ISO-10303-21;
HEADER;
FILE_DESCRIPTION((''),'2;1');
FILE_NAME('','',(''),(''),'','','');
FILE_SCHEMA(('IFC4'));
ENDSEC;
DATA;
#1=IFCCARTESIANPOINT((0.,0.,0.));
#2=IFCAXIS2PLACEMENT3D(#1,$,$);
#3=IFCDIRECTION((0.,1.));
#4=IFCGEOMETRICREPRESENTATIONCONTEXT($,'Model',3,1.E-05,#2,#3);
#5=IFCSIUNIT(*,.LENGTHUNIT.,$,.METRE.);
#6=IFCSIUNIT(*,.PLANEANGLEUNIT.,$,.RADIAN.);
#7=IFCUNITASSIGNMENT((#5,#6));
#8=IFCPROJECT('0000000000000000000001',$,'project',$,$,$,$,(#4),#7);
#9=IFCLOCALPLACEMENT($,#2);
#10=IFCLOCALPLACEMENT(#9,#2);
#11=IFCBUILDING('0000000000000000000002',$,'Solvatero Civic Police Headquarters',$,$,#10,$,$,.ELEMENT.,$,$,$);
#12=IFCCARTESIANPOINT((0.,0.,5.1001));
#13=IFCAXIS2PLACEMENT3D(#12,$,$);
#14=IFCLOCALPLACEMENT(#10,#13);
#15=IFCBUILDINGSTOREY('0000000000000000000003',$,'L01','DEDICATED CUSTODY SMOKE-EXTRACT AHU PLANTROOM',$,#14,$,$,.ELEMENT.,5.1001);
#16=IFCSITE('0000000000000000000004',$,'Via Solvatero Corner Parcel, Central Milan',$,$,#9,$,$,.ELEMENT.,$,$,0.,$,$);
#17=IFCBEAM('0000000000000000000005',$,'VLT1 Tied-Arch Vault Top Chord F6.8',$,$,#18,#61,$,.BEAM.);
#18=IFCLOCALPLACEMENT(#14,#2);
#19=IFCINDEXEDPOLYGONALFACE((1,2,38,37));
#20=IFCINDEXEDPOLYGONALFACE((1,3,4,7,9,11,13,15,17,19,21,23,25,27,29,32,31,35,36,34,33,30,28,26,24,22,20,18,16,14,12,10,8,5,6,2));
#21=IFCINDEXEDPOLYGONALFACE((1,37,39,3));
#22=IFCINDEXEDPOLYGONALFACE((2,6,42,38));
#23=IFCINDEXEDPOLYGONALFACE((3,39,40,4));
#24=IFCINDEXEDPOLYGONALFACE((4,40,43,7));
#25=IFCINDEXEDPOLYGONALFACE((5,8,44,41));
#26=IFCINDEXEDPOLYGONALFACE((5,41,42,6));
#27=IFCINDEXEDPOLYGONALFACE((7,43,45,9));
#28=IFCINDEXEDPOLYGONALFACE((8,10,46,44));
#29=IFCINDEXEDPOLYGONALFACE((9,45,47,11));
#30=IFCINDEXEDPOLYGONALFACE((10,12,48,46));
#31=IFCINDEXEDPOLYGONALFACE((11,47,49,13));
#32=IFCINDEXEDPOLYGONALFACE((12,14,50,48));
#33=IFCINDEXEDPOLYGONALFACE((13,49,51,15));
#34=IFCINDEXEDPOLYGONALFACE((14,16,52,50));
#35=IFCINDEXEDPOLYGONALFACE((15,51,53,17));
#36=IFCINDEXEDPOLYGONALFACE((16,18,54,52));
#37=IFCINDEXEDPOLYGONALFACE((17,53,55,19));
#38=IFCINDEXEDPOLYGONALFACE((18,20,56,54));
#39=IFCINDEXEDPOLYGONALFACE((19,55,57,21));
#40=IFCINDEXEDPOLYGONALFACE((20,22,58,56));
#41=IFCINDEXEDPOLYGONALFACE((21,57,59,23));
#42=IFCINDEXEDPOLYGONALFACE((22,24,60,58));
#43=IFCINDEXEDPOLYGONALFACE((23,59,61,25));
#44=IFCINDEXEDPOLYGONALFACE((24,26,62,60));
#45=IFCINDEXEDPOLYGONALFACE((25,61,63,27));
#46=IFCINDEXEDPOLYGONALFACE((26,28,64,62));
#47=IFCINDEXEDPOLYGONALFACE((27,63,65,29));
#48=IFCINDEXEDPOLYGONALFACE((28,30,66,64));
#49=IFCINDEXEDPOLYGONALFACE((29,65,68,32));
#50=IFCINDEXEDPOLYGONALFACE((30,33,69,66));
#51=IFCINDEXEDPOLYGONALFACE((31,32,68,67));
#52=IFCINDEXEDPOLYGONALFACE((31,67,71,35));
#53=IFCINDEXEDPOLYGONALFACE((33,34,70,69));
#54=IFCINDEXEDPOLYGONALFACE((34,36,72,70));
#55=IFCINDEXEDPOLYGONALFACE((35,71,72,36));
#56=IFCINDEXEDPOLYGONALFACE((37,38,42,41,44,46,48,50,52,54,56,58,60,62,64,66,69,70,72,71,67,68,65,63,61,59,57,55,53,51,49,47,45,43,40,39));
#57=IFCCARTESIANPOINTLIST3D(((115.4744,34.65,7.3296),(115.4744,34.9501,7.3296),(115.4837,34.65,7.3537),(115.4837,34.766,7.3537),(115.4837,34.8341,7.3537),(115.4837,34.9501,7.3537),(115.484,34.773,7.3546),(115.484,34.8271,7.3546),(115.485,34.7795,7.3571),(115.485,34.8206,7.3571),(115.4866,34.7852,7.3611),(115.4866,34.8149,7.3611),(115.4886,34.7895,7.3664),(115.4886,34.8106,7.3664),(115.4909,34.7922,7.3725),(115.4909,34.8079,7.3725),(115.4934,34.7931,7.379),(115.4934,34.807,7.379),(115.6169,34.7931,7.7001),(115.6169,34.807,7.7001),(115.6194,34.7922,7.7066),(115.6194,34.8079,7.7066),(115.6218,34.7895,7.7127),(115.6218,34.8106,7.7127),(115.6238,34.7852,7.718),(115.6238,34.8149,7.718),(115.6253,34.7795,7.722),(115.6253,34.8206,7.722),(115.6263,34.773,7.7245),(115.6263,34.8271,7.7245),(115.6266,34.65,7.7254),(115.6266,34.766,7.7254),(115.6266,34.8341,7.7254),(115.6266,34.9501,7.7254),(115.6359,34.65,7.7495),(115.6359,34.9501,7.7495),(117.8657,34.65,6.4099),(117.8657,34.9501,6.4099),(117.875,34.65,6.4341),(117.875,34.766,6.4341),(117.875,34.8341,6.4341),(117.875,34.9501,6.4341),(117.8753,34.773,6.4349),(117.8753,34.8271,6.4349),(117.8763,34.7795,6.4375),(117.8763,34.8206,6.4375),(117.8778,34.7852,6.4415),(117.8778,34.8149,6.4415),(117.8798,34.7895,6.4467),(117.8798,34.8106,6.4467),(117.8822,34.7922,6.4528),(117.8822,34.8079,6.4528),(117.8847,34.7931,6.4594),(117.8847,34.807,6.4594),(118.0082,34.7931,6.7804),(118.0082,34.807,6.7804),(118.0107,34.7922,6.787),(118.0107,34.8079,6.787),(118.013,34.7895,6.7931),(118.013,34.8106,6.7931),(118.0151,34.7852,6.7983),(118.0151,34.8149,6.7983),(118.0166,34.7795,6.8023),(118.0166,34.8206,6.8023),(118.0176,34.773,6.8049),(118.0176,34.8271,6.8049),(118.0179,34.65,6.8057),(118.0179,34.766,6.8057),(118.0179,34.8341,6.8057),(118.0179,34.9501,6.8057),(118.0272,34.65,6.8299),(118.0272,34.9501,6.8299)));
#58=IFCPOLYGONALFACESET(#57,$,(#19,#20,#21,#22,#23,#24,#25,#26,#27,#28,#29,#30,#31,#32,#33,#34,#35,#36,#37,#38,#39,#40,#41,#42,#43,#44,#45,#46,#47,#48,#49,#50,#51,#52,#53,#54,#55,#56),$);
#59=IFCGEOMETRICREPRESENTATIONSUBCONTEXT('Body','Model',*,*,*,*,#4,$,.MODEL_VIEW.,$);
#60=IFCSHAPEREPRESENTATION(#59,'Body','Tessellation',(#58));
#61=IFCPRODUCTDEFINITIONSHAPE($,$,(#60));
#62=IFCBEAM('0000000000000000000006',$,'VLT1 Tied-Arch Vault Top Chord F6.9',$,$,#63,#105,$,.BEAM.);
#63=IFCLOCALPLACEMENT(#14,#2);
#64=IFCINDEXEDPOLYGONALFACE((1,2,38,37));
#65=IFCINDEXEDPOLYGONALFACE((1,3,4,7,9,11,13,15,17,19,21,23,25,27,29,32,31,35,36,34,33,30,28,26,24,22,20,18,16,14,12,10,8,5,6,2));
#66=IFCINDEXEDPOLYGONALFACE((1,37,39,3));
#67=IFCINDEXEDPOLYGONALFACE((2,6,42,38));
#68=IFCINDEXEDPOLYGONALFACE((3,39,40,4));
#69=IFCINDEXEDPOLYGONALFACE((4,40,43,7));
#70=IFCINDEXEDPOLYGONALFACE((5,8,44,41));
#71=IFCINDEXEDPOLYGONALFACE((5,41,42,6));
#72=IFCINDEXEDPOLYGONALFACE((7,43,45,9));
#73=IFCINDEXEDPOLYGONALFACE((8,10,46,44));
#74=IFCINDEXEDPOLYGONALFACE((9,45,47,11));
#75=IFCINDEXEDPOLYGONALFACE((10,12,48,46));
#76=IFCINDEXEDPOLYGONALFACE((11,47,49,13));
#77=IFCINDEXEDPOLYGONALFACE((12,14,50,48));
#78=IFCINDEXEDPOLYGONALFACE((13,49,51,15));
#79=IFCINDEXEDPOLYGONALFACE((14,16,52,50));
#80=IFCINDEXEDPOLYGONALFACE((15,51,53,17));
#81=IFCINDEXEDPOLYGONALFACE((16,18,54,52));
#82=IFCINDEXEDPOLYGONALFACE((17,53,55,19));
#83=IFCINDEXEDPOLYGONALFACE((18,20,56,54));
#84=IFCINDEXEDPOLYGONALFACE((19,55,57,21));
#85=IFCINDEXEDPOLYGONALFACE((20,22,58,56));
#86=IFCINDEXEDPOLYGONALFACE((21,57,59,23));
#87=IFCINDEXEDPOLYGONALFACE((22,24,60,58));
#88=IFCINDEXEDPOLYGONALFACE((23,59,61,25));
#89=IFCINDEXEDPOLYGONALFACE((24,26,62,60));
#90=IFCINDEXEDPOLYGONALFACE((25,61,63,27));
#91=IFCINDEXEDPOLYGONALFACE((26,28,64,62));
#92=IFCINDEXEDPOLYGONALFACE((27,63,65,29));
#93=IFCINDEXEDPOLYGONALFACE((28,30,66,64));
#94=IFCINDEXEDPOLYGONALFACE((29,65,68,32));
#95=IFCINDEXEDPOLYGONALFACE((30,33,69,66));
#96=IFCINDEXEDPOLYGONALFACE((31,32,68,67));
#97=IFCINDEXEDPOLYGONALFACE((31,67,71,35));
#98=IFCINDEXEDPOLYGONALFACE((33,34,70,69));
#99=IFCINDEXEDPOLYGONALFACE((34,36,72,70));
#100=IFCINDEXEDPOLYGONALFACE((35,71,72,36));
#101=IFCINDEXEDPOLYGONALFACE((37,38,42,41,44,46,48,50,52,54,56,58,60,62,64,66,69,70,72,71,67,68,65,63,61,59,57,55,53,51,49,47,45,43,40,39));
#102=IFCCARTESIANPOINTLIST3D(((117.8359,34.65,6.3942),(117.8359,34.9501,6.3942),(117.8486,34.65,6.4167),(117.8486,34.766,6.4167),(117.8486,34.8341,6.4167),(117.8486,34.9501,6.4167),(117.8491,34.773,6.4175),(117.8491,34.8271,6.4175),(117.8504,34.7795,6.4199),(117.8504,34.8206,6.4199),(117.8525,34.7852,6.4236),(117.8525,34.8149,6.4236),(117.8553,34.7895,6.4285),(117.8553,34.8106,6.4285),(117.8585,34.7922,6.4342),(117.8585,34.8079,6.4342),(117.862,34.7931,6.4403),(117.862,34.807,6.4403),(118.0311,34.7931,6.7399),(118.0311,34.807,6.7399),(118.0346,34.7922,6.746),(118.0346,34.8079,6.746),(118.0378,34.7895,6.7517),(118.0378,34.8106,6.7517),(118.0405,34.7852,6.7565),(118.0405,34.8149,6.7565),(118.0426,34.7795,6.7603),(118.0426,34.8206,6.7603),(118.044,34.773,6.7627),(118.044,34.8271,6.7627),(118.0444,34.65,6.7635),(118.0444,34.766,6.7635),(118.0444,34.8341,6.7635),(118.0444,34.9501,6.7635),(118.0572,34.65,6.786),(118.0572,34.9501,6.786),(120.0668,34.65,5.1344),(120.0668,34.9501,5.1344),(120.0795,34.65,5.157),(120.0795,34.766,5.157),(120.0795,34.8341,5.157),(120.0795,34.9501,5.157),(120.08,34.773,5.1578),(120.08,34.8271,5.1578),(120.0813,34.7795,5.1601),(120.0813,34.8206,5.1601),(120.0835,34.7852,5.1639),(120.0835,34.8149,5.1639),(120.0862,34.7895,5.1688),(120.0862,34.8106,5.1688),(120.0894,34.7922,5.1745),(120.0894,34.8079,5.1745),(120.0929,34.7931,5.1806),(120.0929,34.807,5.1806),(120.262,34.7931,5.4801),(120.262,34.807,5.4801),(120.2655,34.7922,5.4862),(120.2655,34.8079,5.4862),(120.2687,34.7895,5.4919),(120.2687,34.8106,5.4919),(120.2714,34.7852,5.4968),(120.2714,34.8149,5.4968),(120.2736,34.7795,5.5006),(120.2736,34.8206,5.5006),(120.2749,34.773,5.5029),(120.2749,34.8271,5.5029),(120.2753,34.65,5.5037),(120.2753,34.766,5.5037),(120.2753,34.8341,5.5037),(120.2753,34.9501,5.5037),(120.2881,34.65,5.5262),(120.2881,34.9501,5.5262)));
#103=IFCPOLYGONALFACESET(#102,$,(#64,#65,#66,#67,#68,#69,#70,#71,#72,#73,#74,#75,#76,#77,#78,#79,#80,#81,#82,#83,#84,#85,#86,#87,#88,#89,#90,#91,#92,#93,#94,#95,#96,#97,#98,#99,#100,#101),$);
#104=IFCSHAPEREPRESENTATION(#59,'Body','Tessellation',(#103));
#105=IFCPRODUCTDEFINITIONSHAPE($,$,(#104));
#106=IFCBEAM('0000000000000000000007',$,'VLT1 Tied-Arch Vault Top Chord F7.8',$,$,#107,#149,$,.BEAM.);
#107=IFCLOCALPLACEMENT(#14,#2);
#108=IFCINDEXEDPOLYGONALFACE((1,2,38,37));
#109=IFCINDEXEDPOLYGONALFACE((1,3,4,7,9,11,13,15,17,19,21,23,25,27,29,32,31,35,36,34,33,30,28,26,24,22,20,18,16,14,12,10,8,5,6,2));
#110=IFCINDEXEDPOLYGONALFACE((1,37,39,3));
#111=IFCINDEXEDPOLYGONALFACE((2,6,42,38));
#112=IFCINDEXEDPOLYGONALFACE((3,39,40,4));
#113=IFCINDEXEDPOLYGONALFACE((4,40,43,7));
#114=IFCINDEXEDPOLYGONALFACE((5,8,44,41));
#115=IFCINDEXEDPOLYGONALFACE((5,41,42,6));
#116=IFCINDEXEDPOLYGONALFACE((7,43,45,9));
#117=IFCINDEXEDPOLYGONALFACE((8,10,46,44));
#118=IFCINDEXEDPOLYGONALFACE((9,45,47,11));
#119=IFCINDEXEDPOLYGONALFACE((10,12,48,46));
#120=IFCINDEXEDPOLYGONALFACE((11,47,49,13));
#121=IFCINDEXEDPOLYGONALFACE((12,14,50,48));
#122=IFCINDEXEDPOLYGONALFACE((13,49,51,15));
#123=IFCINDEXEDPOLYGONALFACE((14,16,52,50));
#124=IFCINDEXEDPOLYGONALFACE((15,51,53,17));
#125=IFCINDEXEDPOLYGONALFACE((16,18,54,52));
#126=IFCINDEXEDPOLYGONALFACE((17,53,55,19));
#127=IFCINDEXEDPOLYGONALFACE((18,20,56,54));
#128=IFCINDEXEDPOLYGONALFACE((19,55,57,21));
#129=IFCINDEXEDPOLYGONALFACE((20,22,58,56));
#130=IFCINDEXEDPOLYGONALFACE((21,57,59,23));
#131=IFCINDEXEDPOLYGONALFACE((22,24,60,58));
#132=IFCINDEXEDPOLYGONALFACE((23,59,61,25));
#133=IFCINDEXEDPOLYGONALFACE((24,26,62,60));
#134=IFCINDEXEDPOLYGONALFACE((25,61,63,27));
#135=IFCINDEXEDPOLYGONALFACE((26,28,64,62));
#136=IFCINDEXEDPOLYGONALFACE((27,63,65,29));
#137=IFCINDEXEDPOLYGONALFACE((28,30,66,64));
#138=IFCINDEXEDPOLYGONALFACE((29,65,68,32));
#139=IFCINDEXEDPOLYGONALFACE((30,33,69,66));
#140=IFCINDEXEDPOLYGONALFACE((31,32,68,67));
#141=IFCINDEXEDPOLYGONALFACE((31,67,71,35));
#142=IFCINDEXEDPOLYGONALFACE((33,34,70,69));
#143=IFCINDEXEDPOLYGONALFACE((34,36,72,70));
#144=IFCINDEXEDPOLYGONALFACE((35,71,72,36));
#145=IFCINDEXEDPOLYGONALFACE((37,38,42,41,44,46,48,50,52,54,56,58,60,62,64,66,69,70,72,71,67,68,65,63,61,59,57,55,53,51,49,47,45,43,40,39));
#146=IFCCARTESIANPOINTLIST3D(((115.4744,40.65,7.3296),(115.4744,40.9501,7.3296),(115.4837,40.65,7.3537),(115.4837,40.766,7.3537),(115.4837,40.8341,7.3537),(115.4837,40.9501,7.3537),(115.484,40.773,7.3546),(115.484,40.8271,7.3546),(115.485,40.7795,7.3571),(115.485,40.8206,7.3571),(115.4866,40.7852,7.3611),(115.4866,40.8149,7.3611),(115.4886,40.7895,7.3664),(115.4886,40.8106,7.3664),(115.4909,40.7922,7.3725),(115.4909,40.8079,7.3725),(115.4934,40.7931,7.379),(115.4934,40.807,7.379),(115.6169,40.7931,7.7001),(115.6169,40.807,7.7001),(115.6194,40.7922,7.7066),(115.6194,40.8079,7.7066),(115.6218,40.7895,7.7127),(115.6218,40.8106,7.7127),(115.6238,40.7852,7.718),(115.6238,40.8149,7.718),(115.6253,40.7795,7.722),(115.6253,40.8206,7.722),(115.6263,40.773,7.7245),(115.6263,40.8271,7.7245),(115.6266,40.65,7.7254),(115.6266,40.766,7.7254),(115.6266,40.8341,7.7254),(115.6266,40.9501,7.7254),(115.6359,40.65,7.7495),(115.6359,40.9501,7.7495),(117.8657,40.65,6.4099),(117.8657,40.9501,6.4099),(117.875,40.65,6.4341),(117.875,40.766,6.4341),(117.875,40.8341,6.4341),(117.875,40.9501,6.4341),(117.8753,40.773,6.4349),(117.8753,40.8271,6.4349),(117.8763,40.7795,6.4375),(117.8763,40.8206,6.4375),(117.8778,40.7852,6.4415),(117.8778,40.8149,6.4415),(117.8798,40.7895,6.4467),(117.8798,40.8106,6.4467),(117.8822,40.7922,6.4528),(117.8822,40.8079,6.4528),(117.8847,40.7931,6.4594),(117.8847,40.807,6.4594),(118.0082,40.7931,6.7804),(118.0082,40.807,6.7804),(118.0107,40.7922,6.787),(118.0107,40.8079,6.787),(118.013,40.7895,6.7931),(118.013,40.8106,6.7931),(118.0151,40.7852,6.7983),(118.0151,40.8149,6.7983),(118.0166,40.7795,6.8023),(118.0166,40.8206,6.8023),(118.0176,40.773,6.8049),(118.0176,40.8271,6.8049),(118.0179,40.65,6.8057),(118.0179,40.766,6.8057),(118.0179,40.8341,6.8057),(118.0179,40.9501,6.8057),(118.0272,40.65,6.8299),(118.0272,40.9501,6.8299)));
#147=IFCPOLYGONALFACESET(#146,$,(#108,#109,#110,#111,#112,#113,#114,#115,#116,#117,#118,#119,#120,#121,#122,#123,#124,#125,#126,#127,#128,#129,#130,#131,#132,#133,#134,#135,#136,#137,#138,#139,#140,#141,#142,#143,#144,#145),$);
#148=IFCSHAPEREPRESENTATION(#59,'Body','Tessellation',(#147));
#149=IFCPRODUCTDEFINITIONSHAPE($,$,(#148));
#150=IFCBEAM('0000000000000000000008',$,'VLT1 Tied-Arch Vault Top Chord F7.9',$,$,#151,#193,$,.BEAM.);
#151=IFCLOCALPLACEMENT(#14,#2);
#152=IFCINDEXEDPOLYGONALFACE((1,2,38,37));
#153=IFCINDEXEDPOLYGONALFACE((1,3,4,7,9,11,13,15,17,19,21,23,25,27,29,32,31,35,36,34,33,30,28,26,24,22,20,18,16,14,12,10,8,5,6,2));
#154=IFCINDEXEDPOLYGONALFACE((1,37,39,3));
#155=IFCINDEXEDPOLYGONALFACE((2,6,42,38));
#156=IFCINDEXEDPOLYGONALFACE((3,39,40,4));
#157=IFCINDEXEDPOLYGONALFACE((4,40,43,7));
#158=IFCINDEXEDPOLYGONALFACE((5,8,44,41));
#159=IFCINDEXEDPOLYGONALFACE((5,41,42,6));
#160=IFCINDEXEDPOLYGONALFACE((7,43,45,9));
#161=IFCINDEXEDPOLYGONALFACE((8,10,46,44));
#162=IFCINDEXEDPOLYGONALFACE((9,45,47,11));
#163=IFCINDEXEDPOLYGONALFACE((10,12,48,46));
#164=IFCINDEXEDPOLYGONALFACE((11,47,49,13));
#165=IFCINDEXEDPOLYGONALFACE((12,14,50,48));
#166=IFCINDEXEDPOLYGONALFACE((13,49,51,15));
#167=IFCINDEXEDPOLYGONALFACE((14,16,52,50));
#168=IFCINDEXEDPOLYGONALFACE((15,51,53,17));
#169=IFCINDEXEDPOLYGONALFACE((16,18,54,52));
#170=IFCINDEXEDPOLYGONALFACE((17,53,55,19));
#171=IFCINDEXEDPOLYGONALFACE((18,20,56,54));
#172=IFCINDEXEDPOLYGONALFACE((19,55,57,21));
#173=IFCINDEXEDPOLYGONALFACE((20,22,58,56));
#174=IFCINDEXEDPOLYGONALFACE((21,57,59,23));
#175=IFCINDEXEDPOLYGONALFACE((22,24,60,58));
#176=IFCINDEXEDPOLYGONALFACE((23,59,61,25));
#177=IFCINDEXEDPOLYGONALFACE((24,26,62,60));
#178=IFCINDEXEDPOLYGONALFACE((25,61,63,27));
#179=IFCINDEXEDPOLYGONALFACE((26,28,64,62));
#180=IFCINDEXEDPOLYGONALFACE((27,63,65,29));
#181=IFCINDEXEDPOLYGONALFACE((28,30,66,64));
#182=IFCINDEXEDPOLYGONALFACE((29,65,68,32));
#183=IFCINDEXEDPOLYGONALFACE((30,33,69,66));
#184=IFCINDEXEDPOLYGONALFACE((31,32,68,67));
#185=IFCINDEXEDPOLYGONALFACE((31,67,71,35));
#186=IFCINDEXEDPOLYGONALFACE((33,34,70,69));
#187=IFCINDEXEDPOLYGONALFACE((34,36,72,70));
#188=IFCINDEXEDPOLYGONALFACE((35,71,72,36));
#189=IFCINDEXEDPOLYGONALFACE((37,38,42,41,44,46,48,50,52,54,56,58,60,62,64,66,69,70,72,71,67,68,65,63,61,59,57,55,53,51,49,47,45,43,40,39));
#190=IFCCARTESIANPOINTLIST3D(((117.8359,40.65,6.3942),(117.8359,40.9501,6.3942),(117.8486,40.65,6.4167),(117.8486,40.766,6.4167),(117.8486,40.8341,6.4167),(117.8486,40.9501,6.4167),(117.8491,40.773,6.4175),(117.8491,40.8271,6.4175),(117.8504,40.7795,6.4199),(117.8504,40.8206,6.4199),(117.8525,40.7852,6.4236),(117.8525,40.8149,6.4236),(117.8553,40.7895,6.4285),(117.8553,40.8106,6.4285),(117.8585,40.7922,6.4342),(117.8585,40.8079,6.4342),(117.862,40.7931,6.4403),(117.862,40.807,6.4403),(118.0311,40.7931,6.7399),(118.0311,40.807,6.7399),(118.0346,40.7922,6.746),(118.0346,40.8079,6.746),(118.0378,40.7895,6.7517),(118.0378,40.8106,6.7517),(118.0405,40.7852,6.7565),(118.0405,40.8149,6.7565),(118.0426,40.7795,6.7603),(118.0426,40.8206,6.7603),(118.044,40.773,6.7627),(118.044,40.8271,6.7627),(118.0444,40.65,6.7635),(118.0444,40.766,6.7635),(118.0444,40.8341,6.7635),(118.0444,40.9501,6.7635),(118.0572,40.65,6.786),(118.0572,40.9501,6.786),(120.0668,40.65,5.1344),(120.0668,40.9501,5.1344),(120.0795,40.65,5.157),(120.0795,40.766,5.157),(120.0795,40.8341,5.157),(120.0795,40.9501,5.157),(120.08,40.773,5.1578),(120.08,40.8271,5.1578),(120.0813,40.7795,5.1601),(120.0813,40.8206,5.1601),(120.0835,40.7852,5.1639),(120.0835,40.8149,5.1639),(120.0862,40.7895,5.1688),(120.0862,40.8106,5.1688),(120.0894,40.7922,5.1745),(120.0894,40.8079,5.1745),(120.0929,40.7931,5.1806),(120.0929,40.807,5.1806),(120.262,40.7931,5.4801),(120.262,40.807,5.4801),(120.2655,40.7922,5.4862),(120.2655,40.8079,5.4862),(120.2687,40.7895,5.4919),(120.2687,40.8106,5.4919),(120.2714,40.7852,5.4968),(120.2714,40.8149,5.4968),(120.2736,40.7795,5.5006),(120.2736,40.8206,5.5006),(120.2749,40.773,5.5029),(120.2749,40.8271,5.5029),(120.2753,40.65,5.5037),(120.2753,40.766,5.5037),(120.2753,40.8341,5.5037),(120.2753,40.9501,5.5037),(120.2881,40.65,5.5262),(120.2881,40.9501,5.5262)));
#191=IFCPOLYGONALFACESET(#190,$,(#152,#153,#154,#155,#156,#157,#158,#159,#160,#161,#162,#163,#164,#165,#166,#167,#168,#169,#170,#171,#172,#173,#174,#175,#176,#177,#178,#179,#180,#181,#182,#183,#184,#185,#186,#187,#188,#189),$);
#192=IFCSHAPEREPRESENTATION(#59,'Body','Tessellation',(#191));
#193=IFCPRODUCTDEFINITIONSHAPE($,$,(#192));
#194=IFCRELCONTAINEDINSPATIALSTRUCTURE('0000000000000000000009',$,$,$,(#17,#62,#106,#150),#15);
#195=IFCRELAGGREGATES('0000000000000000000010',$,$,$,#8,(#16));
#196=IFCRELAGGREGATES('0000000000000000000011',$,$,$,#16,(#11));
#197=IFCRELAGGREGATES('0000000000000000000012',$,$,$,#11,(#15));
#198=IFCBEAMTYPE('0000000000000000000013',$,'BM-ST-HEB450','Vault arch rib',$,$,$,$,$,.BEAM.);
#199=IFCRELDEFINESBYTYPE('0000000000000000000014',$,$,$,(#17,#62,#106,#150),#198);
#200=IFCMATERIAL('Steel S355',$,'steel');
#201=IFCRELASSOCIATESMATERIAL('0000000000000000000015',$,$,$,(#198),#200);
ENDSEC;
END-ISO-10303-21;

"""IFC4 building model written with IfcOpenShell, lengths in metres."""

from ifc_helpers import new_model, si_unit, direction, frame, origin, origin_2d, place, context, subcontext, project, spatial, i_section, extrude, material, material_profile, profile_set, type_object, element, save


model = new_model("IFC4")

# Units and contexts
model_context = context("Model", 3, precision=1e-05, world=origin(), true_north=direction((0.0, 1.0)))
body_context = subcontext(model_context, "Body", "Model", "MODEL_VIEW")
ifc_project = project(units=[si_unit("LENGTHUNIT", "METRE"), si_unit("PLANEANGLEUNIT", "RADIAN")], contexts=[model_context])

# Site, building, storey
site_placement = place(None, origin())
site = spatial("IfcSite", under=ifc_project, at=site_placement, Name="Via Solvatero Corner Parcel, Central Milan", CompositionType="ELEMENT", RefElevation=0.0)
building_placement = place(site_placement, origin())
building = spatial("IfcBuilding", under=site, at=building_placement, Name="Solvatero Civic Police Headquarters", CompositionType="ELEMENT")
storey_placement = place(building_placement, frame((0.0, 0.0, 5.1001)))
storey = spatial("IfcBuildingStorey", under=building, at=storey_placement, Name="L01", Description="DEDICATED CUSTODY SMOKE-EXTRACT AHU PLANTROOM", CompositionType="ELEMENT", Elevation=5.1001)

# Beams
ifc_material_1 = material(Name="Steel S355", Category="steel")
ifc_material_profile_1 = material_profile(ifc_material_1, i_section(OverallWidth=0.3, OverallDepth=0.45, WebThickness=0.0139, FlangeThickness=0.0259, FilletRadius=0.0271, at=origin_2d()), Name="HEB 450")
ifc_profile_set_1 = profile_set([ifc_material_profile_1], Name="Steel S355")
beam_type_1 = type_object("IfcBeamType", Name="BM-ST-HEB450", Description="Vault arch rib", PredefinedType="BEAM", material=ifc_profile_set_1)
for number, where, z_axis, x_axis, name in (
    (1, (115.5552, 34.8, 7.5396), (0.933355, 0.0, -0.358954), (0.0, 1.0, 0.0), "VLT1 Tied-Arch Vault Top Chord F6.8"),
    (2, (117.9465, 34.8, 6.5901), (0.870765, 0.0, -0.491699), (0.0, 1.0, 0.0), "VLT1 Tied-Arch Vault Top Chord F6.9"),
    (3, (115.5552, 40.8, 7.5396), (0.933355, 0.0, -0.358954), (0.0, 1.0, 0.0), "VLT1 Tied-Arch Vault Top Chord F7.8"),
    (4, (117.9465, 40.8, 6.5901), (0.870765, 0.0, -0.491699), (0.0, 1.0, 0.0), "VLT1 Tied-Arch Vault Top Chord F7.9"),
):
    element("IfcBeam", number, at=place(storey_placement, frame(where, z_axis=z_axis, x_axis=x_axis)), inside=storey, type_object=beam_type_1, Name=name, PredefinedType="BEAM", context=body_context, shape_type="SweptSolid", body=[
        extrude(i_section(OverallWidth=0.3, OverallDepth=0.45, WebThickness=0.0139, FlangeThickness=0.0259, FilletRadius=0.0271, at=origin_2d()), origin(), (0.0, 0.0, 1.0), 2.562),
    ])

save(model, "model.ifc")
